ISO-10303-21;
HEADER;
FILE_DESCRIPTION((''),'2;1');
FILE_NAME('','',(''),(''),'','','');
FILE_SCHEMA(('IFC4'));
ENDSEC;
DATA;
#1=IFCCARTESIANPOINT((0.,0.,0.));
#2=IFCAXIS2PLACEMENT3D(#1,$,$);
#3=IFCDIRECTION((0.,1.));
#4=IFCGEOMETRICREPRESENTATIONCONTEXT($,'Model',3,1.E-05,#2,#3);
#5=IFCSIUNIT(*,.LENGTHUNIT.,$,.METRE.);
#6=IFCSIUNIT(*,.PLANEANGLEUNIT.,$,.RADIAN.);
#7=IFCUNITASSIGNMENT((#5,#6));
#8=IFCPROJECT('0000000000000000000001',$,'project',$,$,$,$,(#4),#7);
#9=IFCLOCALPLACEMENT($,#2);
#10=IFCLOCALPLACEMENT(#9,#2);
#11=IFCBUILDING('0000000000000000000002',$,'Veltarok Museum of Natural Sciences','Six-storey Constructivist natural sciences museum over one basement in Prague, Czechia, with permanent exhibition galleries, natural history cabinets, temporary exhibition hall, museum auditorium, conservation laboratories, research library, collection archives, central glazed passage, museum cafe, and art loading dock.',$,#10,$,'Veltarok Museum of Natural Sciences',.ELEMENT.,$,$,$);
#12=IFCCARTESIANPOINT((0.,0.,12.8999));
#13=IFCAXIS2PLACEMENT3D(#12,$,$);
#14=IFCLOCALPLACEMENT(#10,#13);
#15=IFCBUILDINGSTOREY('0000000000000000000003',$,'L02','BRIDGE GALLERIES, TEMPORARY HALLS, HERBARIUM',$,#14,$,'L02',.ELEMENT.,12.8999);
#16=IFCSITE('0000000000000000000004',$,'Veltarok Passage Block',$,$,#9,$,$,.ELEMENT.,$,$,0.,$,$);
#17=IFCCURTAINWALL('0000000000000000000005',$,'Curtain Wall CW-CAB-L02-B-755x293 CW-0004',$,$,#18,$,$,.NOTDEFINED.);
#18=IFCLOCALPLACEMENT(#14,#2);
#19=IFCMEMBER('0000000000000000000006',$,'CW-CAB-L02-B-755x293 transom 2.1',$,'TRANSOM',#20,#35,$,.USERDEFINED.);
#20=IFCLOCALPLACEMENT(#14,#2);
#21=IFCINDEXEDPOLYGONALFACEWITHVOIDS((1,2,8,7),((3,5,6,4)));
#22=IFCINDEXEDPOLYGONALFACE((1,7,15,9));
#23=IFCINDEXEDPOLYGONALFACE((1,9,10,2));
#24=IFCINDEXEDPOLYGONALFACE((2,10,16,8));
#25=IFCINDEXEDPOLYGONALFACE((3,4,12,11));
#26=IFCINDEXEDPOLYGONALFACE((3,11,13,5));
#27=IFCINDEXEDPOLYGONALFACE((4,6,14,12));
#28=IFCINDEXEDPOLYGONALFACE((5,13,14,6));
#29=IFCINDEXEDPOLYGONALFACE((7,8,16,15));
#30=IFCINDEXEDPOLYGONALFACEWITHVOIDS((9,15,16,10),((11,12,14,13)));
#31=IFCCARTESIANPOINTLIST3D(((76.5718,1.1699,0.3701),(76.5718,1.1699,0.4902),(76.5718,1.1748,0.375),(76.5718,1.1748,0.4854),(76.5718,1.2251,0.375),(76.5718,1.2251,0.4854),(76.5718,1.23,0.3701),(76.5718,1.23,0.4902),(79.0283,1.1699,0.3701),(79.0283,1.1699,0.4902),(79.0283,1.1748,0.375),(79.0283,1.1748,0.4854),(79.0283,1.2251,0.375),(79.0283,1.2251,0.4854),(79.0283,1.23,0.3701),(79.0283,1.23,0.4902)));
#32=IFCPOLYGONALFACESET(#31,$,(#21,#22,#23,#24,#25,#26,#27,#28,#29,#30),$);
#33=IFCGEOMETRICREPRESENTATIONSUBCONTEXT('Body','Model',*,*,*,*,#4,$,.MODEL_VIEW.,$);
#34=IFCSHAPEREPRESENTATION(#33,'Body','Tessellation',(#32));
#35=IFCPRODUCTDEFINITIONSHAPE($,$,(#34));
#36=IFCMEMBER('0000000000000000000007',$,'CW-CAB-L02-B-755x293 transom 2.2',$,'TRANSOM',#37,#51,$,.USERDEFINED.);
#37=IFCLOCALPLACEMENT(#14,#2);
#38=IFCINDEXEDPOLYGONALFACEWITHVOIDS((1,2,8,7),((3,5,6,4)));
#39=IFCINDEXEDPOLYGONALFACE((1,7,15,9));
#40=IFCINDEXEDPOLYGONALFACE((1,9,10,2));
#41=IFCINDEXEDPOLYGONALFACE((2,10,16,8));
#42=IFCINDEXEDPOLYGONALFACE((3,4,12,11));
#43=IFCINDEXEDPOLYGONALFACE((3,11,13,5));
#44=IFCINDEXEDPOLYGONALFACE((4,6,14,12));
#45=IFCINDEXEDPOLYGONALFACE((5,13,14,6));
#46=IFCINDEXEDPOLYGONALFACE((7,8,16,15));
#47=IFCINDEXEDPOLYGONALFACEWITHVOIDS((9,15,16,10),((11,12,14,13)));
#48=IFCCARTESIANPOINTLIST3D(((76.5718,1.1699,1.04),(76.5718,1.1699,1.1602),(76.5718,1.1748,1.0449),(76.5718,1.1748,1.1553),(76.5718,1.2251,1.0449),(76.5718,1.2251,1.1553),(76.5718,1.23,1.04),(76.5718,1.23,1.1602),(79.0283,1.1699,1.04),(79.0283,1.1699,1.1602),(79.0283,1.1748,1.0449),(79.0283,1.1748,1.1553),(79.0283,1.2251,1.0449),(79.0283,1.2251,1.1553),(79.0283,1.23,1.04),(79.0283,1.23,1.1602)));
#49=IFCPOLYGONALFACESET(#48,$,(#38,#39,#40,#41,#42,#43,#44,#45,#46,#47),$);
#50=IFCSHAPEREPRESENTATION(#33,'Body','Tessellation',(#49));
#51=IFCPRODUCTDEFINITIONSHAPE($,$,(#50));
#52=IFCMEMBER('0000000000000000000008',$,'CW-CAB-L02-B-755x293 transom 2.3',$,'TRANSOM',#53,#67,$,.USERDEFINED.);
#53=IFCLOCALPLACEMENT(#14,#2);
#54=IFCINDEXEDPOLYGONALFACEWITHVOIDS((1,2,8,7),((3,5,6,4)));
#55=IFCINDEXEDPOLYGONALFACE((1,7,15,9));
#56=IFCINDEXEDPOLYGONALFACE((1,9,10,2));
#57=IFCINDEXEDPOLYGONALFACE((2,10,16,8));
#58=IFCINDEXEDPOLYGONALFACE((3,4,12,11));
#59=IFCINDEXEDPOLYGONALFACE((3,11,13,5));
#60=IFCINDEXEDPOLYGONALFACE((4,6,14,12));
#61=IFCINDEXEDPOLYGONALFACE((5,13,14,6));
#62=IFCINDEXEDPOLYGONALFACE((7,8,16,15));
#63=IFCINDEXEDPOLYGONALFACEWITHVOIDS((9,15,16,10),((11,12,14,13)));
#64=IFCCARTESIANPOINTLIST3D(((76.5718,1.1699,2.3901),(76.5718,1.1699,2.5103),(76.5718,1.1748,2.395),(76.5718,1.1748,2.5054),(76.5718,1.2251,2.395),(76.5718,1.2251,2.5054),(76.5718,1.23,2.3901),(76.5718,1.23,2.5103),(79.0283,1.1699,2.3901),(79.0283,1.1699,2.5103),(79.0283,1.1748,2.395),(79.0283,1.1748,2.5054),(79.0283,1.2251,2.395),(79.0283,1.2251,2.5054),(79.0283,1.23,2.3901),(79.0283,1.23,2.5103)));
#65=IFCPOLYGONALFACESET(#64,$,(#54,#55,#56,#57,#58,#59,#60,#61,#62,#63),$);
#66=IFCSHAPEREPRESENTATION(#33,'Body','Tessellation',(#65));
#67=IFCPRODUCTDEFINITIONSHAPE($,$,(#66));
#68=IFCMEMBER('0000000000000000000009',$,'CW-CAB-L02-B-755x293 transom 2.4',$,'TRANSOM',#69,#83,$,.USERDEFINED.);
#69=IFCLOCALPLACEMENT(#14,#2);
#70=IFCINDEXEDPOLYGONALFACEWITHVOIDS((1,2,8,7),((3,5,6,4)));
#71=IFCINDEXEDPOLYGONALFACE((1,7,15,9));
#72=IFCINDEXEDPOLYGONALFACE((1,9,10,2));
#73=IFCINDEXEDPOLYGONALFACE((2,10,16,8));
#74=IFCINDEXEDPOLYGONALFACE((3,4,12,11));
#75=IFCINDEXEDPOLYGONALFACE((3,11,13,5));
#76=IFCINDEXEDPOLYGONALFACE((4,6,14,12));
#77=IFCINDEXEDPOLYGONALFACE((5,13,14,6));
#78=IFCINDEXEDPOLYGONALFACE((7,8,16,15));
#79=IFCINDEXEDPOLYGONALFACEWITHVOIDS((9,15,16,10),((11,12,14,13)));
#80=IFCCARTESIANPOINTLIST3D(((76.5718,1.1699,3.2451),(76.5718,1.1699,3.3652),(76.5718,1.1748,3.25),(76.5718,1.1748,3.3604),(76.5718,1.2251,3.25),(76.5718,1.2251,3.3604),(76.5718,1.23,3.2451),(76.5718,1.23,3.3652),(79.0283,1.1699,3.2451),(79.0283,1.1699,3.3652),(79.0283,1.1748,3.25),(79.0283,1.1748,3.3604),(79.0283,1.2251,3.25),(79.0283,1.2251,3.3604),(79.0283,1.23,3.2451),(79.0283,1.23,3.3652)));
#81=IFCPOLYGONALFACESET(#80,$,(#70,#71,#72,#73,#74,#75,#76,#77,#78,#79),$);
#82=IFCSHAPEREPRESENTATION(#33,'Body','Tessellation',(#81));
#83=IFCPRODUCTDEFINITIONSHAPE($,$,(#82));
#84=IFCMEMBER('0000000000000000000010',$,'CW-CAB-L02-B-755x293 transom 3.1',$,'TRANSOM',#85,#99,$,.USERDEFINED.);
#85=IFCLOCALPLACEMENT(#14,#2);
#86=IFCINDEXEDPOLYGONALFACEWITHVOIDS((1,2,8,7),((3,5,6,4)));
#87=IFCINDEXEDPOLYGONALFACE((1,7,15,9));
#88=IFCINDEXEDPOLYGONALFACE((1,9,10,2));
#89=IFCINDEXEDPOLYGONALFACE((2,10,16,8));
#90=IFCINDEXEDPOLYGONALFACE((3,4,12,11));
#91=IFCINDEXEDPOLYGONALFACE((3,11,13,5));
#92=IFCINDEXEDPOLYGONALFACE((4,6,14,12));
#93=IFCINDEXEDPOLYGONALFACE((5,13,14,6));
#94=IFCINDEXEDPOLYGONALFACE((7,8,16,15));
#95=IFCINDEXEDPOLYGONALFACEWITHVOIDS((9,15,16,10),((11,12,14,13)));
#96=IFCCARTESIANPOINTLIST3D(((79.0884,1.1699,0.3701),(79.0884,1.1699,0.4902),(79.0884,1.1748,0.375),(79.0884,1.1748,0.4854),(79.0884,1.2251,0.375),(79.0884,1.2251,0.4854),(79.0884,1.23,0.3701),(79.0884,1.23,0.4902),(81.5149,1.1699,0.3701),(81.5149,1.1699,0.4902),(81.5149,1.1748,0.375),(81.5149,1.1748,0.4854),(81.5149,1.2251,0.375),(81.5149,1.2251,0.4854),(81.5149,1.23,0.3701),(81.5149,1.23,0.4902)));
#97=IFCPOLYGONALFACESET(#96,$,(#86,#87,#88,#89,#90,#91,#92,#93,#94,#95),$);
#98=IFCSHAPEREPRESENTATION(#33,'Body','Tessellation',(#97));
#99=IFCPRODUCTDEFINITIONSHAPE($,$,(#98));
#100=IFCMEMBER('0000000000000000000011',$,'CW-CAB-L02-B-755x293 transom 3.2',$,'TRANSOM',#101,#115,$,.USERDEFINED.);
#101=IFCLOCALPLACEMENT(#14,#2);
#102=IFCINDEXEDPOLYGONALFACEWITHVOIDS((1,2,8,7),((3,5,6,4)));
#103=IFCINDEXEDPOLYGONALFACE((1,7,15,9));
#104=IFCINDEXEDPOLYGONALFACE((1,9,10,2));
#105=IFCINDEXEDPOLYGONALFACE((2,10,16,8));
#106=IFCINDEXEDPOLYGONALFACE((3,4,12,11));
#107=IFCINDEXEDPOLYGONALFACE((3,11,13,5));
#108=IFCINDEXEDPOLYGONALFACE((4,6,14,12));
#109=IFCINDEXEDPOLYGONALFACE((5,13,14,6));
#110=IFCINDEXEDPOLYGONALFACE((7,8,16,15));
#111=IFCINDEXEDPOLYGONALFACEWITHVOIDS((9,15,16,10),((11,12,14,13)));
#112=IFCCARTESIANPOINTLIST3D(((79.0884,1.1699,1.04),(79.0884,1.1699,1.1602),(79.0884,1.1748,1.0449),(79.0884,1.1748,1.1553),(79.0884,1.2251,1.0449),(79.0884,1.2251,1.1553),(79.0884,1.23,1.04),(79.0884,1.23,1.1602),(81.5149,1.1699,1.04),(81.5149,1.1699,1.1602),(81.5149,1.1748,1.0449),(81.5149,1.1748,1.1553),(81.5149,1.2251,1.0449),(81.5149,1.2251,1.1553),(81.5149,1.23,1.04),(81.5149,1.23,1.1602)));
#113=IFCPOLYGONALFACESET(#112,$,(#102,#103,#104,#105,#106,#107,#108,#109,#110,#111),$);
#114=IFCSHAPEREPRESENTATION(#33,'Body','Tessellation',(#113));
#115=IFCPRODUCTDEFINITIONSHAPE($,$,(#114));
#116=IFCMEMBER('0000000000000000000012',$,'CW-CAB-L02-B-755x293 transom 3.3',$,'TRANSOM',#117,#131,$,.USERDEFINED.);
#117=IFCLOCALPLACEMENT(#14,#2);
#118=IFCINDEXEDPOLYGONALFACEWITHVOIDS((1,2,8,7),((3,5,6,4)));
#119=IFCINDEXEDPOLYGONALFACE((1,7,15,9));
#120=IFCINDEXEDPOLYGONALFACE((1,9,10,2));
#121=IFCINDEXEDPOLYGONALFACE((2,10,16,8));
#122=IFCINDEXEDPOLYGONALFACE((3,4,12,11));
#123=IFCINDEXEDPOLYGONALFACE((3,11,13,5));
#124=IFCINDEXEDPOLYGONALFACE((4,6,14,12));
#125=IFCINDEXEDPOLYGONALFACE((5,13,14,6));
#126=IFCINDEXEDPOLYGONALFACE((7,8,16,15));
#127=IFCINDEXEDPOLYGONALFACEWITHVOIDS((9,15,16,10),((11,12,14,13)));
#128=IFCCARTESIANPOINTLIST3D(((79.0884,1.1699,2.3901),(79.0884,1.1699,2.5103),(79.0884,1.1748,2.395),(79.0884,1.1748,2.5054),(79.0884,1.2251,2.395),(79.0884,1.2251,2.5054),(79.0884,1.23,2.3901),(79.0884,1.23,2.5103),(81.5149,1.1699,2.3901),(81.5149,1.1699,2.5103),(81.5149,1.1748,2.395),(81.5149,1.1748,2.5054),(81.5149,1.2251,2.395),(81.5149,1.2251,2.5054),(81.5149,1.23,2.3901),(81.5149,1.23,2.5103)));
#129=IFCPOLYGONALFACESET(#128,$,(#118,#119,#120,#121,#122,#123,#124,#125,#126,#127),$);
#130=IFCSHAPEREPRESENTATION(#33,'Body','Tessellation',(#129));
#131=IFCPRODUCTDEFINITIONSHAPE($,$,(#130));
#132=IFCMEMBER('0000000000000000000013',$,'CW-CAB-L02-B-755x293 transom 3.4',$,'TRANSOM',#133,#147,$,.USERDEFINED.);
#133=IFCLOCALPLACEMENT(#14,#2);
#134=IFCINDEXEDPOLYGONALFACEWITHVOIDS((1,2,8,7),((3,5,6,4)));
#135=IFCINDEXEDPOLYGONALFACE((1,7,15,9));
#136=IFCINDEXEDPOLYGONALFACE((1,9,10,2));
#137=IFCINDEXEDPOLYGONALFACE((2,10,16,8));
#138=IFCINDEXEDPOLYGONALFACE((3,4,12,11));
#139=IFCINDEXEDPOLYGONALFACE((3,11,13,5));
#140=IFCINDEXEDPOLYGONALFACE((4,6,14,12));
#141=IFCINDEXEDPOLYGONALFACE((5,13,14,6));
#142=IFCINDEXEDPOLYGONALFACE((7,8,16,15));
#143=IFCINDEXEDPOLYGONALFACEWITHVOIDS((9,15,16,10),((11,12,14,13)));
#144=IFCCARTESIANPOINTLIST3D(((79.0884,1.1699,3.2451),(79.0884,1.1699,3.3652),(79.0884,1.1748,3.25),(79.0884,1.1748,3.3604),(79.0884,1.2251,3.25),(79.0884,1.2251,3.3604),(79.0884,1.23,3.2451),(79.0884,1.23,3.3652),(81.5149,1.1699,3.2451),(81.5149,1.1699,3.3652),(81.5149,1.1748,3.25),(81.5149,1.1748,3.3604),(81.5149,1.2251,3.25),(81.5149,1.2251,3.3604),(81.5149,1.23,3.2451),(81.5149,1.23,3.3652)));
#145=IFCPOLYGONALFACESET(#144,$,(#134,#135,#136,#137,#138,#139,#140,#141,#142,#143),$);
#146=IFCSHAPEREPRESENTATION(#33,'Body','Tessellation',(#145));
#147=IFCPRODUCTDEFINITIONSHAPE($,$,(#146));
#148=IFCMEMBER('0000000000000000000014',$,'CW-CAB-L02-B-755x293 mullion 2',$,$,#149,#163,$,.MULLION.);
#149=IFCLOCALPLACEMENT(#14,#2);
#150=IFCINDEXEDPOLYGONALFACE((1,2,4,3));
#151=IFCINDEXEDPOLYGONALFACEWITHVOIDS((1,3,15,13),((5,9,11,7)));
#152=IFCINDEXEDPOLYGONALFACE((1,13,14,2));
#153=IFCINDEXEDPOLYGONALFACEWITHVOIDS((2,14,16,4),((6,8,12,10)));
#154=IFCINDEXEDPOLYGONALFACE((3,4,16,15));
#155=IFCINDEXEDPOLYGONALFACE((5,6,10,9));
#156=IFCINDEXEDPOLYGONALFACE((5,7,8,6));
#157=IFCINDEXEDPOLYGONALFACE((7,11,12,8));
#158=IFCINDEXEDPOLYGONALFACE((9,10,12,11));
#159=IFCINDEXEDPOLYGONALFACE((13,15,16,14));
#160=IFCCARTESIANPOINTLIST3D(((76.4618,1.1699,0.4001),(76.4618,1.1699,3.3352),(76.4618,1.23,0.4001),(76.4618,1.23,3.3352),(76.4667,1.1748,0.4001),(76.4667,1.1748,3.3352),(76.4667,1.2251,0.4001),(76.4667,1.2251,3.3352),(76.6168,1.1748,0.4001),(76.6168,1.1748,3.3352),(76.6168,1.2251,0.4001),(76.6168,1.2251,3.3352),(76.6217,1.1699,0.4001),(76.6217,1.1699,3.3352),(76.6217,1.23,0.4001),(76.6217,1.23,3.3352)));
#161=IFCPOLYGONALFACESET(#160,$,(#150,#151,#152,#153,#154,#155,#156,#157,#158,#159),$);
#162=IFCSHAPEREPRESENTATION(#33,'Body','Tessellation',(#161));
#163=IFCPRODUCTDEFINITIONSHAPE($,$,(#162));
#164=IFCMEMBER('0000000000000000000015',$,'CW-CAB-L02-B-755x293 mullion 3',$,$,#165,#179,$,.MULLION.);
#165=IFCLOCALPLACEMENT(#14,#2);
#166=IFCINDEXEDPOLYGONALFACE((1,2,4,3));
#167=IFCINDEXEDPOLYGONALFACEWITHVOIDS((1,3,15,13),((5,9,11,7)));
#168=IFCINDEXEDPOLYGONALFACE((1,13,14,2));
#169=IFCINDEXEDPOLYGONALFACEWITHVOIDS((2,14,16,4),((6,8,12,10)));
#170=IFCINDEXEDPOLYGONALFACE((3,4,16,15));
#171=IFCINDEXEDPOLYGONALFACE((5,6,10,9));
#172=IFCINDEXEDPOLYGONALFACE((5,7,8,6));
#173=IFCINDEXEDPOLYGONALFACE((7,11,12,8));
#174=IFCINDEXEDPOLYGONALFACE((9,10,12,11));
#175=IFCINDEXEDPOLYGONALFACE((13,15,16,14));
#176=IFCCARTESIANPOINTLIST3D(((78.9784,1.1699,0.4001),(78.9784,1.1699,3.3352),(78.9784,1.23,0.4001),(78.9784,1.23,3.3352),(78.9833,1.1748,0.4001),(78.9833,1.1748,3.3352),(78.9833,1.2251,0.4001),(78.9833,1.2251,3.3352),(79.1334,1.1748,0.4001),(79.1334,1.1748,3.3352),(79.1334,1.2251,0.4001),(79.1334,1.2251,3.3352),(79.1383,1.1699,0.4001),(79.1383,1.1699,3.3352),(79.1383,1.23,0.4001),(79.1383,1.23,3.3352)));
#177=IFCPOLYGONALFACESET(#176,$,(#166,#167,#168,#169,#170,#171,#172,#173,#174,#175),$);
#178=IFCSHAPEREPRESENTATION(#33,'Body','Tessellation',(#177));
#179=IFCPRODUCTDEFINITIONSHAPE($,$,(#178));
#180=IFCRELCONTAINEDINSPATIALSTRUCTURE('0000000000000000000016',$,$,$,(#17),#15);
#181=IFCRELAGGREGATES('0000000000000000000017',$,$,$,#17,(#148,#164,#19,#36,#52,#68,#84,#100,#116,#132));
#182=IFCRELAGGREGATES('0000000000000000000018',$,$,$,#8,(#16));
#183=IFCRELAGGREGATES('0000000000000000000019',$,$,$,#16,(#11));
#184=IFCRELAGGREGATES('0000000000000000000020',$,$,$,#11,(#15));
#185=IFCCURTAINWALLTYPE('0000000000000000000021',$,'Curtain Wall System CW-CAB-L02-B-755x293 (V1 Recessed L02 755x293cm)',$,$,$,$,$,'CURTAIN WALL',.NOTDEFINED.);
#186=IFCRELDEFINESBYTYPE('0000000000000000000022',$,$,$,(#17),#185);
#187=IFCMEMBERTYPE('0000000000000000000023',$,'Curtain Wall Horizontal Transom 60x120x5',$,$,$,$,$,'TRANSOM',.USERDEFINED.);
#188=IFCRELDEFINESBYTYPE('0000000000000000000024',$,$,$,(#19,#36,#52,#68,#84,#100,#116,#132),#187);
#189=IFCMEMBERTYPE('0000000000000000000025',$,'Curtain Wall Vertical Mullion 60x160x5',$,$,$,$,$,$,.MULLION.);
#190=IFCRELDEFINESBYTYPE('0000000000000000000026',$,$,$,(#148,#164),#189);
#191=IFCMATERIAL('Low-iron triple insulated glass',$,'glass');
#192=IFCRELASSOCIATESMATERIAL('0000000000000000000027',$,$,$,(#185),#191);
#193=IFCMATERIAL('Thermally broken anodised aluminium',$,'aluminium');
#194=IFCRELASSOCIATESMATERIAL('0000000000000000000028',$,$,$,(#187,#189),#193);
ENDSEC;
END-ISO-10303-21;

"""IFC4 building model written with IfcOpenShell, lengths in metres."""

from ifc_helpers import new_model, si_unit, direction, frame, origin, origin_2d, place, context, subcontext, project, spatial, hollow_rectangle, extrude, material, material_profile, profile_set, type_object, element, aggregate, save


model = new_model("IFC4")

# Units and contexts
model_context = context("Model", 3, precision=1e-05, world=origin(), true_north=direction((0.0, 1.0)))
body_context = subcontext(model_context, "Body", "Model", "MODEL_VIEW")
ifc_project = project(units=[si_unit("LENGTHUNIT", "METRE"), si_unit("PLANEANGLEUNIT", "RADIAN")], contexts=[model_context])

# Site, building, storey
site_placement = place(None, origin())
site = spatial("IfcSite", under=ifc_project, at=site_placement, Name="Veltarok Passage Block", CompositionType="ELEMENT", RefElevation=0.0)
building_placement = place(site_placement, origin())
building = spatial("IfcBuilding", under=site, at=building_placement, Name="Veltarok Museum of Natural Sciences", Description="Six-storey Constructivist natural sciences museum over one basement in Prague, Czechia, with permanent exhibition galleries, natural history cabinets, temporary exhibition hall, museum auditorium, conservation laboratories, research library, collection archives, central glazed passage, museum cafe, and art loading dock.", LongName="Veltarok Museum of Natural Sciences", CompositionType="ELEMENT")
storey_placement = place(building_placement, frame((0.0, 0.0, 12.8999)))
storey = spatial("IfcBuildingStorey", under=building, at=storey_placement, Name="L02", Description="BRIDGE GALLERIES, TEMPORARY HALLS, HERBARIUM", LongName="L02", CompositionType="ELEMENT", Elevation=12.8999)

# Curtain wall, members
ifc_material_1 = material(Name="Low-iron triple insulated glass", Category="glass")
curtain_wall_type = type_object("IfcCurtainWallType", Name="Curtain Wall System CW-CAB-L02-B-755x293 (V1 Recessed L02 755x293cm)", ElementType="CURTAIN WALL", PredefinedType="NOTDEFINED", material=ifc_material_1)
curtain_wall_placement = place(storey_placement, origin())
curtain_wall = element("IfcCurtainWall", 1, at=curtain_wall_placement, inside=storey, type_object=curtain_wall_type, Name="Curtain Wall CW-CAB-L02-B-755x293 CW-0004", PredefinedType="NOTDEFINED")
ifc_material_2 = material(Name="Thermally broken anodised aluminium", Category="aluminium")
ifc_material_profile_1 = material_profile(ifc_material_2, hollow_rectangle(XDim=0.0601, YDim=0.1201, WallThickness=0.0049, at=origin_2d()), Name="CW TRANSOM 60x120x5")
ifc_profile_set_1 = profile_set([ifc_material_profile_1], Name="Thermally broken anodised aluminium")
member_type_1 = type_object("IfcMemberType", Name="Curtain Wall Horizontal Transom 60x120x5", ElementType="TRANSOM", PredefinedType="USERDEFINED", material=ifc_profile_set_1)
member_1_placement = place(storey_placement, frame((76.5718, 1.2, 0.4302), z_axis=(1.0, 0.0, 0.0), x_axis=(0.0, 1.0, 0.0)))
member_1 = element("IfcMember", 2, at=member_1_placement, type_object=member_type_1, Name="CW-CAB-L02-B-755x293 transom 2.1", ObjectType="TRANSOM", PredefinedType="USERDEFINED", context=body_context, shape_type="SweptSolid", body=[
    extrude(hollow_rectangle(XDim=0.0601, YDim=0.1201, WallThickness=0.0049, at=origin_2d()), origin(), (0.0, 0.0, 1.0), 2.4565),
])
member_2_placement = place(storey_placement, frame((76.5718, 1.2, 1.1001), z_axis=(1.0, 0.0, 0.0), x_axis=(0.0, 1.0, 0.0)))
member_2 = element("IfcMember", 3, at=member_2_placement, type_object=member_type_1, Name="CW-CAB-L02-B-755x293 transom 2.2", ObjectType="TRANSOM", PredefinedType="USERDEFINED", context=body_context, shape_type="SweptSolid", body=[
    extrude(hollow_rectangle(XDim=0.0601, YDim=0.1201, WallThickness=0.0049, at=origin_2d()), origin(), (0.0, 0.0, 1.0), 2.4565),
])
member_3_placement = place(storey_placement, frame((76.5718, 1.2, 2.4502), z_axis=(1.0, 0.0, 0.0), x_axis=(0.0, 1.0, 0.0)))
member_3 = element("IfcMember", 4, at=member_3_placement, type_object=member_type_1, Name="CW-CAB-L02-B-755x293 transom 2.3", ObjectType="TRANSOM", PredefinedType="USERDEFINED", context=body_context, shape_type="SweptSolid", body=[
    extrude(hollow_rectangle(XDim=0.0601, YDim=0.1201, WallThickness=0.0049, at=origin_2d()), origin(), (0.0, 0.0, 1.0), 2.4565),
])
member_4_placement = place(storey_placement, frame((76.5718, 1.2, 3.3052), z_axis=(1.0, 0.0, 0.0), x_axis=(0.0, 1.0, 0.0)))
member_4 = element("IfcMember", 5, at=member_4_placement, type_object=member_type_1, Name="CW-CAB-L02-B-755x293 transom 2.4", ObjectType="TRANSOM", PredefinedType="USERDEFINED", context=body_context, shape_type="SweptSolid", body=[
    extrude(hollow_rectangle(XDim=0.0601, YDim=0.1201, WallThickness=0.0049, at=origin_2d()), origin(), (0.0, 0.0, 1.0), 2.4565),
])
member_5_placement = place(storey_placement, frame((79.0884, 1.2, 0.4302), z_axis=(1.0, 0.0, 0.0), x_axis=(0.0, 1.0, 0.0)))
member_5 = element("IfcMember", 6, at=member_5_placement, type_object=member_type_1, Name="CW-CAB-L02-B-755x293 transom 3.1", ObjectType="TRANSOM", PredefinedType="USERDEFINED", context=body_context, shape_type="SweptSolid", body=[
    extrude(hollow_rectangle(XDim=0.0601, YDim=0.1201, WallThickness=0.0049, at=origin_2d()), origin(), (0.0, 0.0, 1.0), 2.4265),
])
member_6_placement = place(storey_placement, frame((79.0884, 1.2, 1.1001), z_axis=(1.0, 0.0, 0.0), x_axis=(0.0, 1.0, 0.0)))
member_6 = element("IfcMember", 7, at=member_6_placement, type_object=member_type_1, Name="CW-CAB-L02-B-755x293 transom 3.2", ObjectType="TRANSOM", PredefinedType="USERDEFINED", context=body_context, shape_type="SweptSolid", body=[
    extrude(hollow_rectangle(XDim=0.0601, YDim=0.1201, WallThickness=0.0049, at=origin_2d()), origin(), (0.0, 0.0, 1.0), 2.4265),
])
member_7_placement = place(storey_placement, frame((79.0884, 1.2, 2.4502), z_axis=(1.0, 0.0, 0.0), x_axis=(0.0, 1.0, 0.0)))
member_7 = element("IfcMember", 8, at=member_7_placement, type_object=member_type_1, Name="CW-CAB-L02-B-755x293 transom 3.3", ObjectType="TRANSOM", PredefinedType="USERDEFINED", context=body_context, shape_type="SweptSolid", body=[
    extrude(hollow_rectangle(XDim=0.0601, YDim=0.1201, WallThickness=0.0049, at=origin_2d()), origin(), (0.0, 0.0, 1.0), 2.4265),
])
member_8_placement = place(storey_placement, frame((79.0884, 1.2, 3.3052), z_axis=(1.0, 0.0, 0.0), x_axis=(0.0, 1.0, 0.0)))
member_8 = element("IfcMember", 9, at=member_8_placement, type_object=member_type_1, Name="CW-CAB-L02-B-755x293 transom 3.4", ObjectType="TRANSOM", PredefinedType="USERDEFINED", context=body_context, shape_type="SweptSolid", body=[
    extrude(hollow_rectangle(XDim=0.0601, YDim=0.1201, WallThickness=0.0049, at=origin_2d()), origin(), (0.0, 0.0, 1.0), 2.4265),
])
ifc_material_profile_2 = material_profile(ifc_material_2, hollow_rectangle(XDim=0.0601, YDim=0.1599, WallThickness=0.0049, at=origin_2d()), Name="CW MULLION 60x160x5")
ifc_profile_set_2 = profile_set([ifc_material_profile_2], Name="Thermally broken anodised aluminium")
member_type_2 = type_object("IfcMemberType", Name="Curtain Wall Vertical Mullion 60x160x5", PredefinedType="MULLION", material=ifc_profile_set_2)
member_9_placement = place(storey_placement, frame((76.5417, 1.2, 0.4001), z_axis=(0.0, 0.0, 1.0), x_axis=(0.0, 1.0, 0.0)))
member_9 = element("IfcMember", 10, at=member_9_placement, type_object=member_type_2, Name="CW-CAB-L02-B-755x293 mullion 2", PredefinedType="MULLION", context=body_context, shape_type="SweptSolid", body=[
    extrude(hollow_rectangle(XDim=0.0601, YDim=0.1599, WallThickness=0.0049, at=origin_2d()), origin(), (0.0, 0.0, 1.0), 2.9351),
])
member_10_placement = place(storey_placement, frame((79.0583, 1.2, 0.4001), z_axis=(0.0, 0.0, 1.0), x_axis=(0.0, 1.0, 0.0)))
member_10 = element("IfcMember", 11, at=member_10_placement, type_object=member_type_2, Name="CW-CAB-L02-B-755x293 mullion 3", PredefinedType="MULLION", context=body_context, shape_type="SweptSolid", body=[
    extrude(hollow_rectangle(XDim=0.0601, YDim=0.1599, WallThickness=0.0049, at=origin_2d()), origin(), (0.0, 0.0, 1.0), 2.9351),
])

aggregate(curtain_wall, [member_9, member_10, member_1, member_2, member_3, member_4, member_5, member_6, member_7, member_8])

save(model, "model.ifc")
